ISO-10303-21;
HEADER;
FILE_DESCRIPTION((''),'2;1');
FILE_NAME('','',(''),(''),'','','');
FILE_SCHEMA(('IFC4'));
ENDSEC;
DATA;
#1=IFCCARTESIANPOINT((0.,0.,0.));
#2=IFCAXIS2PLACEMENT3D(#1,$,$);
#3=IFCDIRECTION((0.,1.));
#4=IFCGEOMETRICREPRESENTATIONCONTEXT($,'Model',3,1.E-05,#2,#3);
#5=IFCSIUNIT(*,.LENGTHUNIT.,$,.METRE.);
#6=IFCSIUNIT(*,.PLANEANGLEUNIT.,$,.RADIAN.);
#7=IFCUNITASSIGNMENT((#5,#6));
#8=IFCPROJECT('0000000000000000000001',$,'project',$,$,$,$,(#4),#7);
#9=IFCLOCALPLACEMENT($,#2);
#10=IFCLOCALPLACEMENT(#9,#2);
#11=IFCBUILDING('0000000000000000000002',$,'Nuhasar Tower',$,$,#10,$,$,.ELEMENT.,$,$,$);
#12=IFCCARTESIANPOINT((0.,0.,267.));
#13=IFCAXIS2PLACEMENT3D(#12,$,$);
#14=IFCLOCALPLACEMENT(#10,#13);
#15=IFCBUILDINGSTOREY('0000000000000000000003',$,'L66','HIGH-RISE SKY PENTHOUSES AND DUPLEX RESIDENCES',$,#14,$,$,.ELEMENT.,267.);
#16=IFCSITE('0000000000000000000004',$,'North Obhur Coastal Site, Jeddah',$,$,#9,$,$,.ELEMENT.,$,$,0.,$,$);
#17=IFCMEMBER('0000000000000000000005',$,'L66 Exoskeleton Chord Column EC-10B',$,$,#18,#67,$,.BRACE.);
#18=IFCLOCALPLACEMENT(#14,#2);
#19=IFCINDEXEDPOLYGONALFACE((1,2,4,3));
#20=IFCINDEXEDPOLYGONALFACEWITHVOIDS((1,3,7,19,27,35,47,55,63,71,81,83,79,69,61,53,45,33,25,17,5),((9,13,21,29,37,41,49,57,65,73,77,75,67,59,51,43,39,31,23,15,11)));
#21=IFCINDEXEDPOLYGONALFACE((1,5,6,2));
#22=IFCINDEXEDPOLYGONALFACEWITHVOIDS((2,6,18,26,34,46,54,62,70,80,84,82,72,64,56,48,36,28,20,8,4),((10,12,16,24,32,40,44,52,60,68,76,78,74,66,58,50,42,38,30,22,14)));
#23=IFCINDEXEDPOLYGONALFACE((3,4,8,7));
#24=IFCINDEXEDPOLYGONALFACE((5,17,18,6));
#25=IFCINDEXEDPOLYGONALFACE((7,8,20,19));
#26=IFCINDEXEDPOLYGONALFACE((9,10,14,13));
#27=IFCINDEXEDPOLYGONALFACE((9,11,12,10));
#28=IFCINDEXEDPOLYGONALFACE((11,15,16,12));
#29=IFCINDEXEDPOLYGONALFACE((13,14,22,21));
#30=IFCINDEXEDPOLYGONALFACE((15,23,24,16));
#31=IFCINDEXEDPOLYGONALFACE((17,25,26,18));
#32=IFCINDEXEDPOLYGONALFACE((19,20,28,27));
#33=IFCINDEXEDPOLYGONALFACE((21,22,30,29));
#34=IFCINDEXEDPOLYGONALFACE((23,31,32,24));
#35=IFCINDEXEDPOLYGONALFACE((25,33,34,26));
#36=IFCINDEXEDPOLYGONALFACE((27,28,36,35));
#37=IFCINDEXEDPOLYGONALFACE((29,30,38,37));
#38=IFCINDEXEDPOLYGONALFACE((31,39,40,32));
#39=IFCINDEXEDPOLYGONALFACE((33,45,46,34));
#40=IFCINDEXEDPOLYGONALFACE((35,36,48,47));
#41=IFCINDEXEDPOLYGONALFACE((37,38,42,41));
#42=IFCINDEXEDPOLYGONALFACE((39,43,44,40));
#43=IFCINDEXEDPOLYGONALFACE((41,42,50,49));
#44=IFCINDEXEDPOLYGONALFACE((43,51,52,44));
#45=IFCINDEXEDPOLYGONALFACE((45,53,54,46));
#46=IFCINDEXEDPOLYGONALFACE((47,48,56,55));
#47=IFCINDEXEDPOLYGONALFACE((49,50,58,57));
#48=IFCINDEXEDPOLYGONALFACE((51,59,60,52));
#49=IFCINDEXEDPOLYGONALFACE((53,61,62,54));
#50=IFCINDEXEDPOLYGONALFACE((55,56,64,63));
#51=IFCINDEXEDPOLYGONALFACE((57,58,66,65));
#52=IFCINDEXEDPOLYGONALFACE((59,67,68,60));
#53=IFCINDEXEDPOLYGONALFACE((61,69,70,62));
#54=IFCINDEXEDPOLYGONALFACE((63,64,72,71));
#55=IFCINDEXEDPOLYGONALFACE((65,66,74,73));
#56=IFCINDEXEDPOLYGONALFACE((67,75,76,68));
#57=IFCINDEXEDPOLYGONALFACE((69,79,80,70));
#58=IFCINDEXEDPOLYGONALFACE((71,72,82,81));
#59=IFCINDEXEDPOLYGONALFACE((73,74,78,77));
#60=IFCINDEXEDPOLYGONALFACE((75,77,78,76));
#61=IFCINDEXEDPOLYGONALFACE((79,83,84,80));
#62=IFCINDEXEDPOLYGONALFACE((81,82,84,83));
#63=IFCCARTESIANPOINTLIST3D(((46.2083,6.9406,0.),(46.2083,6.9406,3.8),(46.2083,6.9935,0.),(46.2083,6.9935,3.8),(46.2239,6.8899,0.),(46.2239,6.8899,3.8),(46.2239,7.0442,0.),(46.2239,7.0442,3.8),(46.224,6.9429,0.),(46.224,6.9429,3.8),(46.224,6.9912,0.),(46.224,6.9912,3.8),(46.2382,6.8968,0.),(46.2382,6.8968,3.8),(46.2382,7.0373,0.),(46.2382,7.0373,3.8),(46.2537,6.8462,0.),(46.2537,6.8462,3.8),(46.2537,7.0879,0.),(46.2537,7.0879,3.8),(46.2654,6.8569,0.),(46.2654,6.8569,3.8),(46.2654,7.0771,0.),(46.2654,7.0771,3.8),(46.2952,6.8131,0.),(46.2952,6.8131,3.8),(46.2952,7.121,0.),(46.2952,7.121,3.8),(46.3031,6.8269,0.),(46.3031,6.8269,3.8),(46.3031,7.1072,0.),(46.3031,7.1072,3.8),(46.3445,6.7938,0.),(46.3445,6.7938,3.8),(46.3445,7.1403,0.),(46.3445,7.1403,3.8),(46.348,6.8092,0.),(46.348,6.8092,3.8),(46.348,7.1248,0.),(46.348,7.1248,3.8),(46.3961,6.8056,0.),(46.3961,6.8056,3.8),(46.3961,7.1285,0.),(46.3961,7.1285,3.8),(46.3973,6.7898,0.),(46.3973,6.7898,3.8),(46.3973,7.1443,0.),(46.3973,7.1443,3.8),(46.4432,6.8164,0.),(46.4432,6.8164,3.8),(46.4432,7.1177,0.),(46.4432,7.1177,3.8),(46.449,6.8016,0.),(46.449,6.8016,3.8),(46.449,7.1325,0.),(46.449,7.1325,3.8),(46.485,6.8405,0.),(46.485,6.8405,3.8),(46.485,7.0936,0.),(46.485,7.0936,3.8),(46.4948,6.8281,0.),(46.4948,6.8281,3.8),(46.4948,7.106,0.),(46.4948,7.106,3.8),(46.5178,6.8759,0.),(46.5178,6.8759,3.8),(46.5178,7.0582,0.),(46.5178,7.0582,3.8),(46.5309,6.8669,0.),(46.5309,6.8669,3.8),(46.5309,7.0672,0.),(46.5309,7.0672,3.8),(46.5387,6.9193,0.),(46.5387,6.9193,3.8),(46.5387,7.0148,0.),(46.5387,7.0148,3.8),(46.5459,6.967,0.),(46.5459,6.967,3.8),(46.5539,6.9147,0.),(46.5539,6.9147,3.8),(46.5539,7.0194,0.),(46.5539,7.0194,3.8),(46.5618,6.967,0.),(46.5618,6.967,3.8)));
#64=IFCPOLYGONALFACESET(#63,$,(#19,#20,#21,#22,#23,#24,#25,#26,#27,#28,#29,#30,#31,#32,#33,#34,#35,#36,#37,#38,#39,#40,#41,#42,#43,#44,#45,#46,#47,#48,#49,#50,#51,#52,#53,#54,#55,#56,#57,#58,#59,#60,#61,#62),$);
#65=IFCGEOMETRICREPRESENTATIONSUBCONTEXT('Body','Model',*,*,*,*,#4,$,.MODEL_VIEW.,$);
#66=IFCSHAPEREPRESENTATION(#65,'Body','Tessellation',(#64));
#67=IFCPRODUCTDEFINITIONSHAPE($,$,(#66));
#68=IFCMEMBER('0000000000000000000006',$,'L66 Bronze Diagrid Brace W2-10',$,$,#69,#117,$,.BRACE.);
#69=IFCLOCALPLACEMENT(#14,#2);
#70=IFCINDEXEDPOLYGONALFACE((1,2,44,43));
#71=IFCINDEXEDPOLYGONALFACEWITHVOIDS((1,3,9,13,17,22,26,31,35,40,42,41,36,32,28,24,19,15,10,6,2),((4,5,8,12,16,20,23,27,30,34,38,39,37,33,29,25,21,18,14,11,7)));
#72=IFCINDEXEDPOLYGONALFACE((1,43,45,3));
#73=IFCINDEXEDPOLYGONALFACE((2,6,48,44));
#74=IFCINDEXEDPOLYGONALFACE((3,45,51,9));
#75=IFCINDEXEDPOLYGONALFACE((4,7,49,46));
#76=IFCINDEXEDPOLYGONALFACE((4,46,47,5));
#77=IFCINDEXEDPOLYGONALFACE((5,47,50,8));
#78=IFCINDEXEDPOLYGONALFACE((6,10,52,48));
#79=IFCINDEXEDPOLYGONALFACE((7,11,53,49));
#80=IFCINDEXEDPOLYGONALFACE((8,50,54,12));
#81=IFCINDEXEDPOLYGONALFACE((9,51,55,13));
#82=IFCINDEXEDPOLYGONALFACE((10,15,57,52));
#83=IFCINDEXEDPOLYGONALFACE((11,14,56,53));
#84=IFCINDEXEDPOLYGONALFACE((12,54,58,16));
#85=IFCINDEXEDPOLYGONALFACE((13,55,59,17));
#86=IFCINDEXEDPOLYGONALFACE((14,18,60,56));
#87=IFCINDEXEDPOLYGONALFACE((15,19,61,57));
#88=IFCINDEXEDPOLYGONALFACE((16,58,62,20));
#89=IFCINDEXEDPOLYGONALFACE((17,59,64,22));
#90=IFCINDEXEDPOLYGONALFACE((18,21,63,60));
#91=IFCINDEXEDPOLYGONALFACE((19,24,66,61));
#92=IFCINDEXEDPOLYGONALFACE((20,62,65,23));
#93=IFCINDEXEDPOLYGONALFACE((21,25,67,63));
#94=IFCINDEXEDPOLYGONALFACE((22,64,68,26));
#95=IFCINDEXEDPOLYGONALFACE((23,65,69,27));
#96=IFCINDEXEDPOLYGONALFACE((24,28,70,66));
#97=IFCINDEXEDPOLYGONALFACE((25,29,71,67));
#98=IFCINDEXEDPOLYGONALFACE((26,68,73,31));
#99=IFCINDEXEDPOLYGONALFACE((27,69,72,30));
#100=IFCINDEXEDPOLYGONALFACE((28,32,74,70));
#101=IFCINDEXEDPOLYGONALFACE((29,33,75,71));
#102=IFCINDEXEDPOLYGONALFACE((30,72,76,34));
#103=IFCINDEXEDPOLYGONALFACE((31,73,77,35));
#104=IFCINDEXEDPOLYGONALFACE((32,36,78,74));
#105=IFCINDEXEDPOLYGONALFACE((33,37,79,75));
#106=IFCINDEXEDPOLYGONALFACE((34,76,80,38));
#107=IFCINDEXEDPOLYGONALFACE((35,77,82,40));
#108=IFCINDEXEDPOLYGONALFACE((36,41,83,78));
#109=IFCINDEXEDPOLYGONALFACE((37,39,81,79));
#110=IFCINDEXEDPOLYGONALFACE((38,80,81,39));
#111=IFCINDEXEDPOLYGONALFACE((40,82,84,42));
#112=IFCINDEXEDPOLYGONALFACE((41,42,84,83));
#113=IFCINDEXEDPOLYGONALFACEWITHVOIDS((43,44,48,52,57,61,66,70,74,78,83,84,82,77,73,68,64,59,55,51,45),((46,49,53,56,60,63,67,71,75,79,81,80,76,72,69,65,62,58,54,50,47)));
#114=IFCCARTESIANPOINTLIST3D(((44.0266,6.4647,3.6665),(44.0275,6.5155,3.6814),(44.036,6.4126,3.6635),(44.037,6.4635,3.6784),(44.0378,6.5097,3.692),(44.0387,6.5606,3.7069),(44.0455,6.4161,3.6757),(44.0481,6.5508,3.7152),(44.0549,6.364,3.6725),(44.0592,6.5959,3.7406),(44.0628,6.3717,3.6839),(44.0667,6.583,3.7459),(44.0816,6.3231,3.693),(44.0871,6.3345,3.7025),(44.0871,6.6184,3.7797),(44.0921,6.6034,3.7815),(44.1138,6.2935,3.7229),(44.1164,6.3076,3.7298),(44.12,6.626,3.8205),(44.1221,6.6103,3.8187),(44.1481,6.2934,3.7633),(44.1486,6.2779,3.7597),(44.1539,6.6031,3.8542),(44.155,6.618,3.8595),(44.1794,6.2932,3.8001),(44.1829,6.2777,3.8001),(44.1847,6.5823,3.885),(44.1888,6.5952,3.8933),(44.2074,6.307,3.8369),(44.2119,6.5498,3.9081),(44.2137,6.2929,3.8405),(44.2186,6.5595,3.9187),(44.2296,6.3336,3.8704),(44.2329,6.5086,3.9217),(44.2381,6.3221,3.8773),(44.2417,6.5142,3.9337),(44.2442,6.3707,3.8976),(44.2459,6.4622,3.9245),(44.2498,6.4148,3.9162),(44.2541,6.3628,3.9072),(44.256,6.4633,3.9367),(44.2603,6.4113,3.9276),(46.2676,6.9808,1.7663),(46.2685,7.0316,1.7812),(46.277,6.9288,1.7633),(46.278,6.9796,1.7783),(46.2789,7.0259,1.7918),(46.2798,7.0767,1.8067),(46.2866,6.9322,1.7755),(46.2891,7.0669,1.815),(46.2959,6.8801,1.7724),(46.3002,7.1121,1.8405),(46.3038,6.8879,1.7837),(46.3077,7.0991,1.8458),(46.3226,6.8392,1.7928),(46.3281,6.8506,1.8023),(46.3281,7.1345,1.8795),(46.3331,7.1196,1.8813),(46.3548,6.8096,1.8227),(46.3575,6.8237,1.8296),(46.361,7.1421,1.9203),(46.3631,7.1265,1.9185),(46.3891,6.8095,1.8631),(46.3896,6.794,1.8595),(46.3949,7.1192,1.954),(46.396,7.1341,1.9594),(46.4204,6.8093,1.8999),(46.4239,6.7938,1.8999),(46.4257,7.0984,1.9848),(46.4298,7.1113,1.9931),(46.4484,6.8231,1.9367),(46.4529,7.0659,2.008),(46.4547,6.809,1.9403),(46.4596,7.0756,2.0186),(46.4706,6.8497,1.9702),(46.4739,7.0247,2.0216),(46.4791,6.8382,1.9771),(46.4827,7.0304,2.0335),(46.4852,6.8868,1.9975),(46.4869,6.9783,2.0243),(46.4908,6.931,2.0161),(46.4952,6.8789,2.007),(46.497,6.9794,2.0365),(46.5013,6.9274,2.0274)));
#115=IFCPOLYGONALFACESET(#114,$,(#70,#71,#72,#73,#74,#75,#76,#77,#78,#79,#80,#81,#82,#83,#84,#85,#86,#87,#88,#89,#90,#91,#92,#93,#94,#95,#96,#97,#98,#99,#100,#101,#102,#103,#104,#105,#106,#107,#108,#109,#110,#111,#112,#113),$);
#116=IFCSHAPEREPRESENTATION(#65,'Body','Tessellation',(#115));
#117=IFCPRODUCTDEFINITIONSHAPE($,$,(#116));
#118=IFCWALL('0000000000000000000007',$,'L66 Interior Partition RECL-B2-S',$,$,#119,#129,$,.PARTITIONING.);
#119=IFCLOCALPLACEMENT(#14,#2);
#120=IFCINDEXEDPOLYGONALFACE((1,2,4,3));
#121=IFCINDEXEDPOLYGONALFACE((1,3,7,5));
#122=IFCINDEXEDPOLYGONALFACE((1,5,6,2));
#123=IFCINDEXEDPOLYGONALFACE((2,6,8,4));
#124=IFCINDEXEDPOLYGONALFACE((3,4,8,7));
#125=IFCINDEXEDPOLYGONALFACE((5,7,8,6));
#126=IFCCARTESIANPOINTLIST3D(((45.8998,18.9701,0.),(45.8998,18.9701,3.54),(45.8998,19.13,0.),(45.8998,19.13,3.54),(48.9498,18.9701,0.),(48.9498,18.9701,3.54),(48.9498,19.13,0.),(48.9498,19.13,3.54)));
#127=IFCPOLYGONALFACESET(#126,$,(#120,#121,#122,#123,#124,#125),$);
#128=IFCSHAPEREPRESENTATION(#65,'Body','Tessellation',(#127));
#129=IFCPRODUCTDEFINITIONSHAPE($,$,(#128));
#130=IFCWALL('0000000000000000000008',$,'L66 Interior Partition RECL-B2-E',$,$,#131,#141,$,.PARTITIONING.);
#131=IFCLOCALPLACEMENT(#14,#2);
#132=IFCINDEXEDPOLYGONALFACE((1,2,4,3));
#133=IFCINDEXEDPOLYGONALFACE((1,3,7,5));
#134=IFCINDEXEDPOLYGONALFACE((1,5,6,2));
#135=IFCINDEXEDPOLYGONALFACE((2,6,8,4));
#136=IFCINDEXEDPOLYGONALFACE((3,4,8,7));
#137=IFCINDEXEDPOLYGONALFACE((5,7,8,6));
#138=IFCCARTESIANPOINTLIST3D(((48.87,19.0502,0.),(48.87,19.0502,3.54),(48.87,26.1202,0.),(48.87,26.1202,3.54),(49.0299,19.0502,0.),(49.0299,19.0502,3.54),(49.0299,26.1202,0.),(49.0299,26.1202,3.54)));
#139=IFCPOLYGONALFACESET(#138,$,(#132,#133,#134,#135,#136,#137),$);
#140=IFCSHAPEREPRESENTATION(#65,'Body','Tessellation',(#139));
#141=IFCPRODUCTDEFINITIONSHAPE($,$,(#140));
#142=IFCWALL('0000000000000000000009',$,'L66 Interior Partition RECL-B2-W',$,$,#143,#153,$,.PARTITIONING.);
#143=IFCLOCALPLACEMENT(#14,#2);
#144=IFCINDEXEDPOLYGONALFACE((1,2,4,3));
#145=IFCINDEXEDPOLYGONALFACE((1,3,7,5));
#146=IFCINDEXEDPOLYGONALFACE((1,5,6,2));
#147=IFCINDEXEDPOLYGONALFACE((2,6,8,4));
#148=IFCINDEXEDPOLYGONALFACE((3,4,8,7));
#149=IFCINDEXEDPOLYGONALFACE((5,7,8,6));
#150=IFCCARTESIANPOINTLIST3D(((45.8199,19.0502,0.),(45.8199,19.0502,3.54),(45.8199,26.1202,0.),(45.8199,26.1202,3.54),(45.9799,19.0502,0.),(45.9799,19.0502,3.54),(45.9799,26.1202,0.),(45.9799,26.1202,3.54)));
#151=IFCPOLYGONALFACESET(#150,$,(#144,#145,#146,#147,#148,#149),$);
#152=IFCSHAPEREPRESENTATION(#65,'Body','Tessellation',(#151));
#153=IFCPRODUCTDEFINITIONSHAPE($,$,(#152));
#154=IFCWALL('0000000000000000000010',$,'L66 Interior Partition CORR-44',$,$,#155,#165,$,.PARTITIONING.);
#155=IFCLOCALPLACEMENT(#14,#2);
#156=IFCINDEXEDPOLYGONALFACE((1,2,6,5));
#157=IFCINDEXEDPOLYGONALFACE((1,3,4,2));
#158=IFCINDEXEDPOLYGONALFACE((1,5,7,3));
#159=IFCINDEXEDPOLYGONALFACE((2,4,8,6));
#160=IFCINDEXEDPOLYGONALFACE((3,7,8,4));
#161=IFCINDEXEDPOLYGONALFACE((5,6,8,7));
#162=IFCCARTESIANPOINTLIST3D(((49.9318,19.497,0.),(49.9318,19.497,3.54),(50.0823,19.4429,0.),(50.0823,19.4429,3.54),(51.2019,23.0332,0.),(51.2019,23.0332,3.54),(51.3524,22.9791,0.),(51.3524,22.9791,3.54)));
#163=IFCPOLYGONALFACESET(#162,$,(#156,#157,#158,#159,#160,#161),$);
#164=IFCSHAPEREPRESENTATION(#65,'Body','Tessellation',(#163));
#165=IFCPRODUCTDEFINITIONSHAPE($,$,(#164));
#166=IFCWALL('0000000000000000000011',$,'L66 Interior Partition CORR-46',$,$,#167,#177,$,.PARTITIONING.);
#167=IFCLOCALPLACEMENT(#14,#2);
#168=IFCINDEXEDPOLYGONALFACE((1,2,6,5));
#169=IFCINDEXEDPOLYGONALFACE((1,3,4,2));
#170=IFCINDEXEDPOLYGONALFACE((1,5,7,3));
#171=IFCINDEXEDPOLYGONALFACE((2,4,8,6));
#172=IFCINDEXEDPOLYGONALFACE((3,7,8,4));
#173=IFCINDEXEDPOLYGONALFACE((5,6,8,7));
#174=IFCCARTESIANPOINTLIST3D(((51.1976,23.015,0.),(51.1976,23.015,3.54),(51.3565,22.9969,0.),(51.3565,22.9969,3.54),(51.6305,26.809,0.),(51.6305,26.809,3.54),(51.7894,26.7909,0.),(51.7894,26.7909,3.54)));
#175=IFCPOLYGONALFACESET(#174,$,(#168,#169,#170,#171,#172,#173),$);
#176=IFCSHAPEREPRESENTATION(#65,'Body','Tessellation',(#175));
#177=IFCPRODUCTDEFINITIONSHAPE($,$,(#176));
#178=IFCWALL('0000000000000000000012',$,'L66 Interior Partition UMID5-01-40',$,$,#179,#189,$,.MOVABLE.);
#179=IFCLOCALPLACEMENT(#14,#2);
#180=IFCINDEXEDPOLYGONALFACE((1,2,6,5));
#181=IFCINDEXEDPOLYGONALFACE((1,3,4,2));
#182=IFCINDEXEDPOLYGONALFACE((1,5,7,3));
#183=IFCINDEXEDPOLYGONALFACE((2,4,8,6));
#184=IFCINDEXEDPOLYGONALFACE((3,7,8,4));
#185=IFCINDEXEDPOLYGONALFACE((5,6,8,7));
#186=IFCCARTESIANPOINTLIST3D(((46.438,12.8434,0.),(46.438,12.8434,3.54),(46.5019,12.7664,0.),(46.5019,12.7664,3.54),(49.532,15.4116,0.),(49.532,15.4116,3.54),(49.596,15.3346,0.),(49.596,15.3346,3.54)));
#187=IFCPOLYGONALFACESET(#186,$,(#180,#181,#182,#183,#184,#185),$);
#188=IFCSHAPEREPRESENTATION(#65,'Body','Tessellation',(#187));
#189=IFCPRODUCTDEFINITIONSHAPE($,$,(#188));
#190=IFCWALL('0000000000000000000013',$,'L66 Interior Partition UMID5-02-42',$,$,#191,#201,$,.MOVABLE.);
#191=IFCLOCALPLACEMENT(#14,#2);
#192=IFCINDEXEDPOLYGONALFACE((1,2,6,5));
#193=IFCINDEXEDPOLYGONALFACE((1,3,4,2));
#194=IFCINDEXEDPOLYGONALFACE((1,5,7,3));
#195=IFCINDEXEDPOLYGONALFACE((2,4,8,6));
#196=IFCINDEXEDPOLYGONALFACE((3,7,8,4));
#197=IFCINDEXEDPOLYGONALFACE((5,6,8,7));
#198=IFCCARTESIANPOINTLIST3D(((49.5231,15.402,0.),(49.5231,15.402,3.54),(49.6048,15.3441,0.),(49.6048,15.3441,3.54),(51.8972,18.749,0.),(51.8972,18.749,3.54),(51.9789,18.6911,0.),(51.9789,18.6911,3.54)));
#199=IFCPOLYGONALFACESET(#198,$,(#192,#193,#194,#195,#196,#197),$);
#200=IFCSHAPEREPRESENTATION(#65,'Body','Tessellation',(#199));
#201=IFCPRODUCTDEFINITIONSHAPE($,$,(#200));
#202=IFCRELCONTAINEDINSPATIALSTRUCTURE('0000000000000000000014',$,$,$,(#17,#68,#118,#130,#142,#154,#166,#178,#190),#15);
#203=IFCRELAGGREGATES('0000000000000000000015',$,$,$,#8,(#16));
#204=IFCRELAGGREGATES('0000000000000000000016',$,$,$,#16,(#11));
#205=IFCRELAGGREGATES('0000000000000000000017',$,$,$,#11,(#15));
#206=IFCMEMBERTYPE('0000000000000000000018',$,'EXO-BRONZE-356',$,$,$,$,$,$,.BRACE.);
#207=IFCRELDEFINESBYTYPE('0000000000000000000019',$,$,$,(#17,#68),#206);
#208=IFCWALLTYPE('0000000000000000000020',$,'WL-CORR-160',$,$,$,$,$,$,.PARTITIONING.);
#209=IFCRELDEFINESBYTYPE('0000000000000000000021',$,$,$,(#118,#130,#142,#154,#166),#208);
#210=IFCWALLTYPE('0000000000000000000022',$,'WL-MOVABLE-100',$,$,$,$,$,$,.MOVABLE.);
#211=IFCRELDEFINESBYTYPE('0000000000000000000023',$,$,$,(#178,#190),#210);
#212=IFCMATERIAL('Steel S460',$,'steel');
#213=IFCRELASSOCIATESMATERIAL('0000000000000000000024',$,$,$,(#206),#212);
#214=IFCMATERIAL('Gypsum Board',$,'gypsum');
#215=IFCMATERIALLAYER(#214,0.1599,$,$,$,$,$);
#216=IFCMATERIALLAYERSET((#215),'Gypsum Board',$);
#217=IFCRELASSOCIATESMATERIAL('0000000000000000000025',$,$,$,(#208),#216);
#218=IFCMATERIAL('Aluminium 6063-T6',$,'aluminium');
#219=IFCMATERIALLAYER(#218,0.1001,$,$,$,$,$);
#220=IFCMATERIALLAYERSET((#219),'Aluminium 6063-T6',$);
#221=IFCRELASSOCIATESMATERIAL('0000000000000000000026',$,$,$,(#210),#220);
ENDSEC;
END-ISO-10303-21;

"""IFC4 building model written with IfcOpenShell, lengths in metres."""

from ifc_helpers import new_model, si_unit, direction, frame, frame_2d, origin, origin_2d, place, context, subcontext, project, spatial, rectangle, hollow_circle, extrude, material, layer, layer_set, material_profile, profile_set, type_object, element, save


model = new_model("IFC4")

# Units and contexts
model_context = context("Model", 3, precision=1e-05, world=origin(), true_north=direction((0.0, 1.0)))
body_context = subcontext(model_context, "Body", "Model", "MODEL_VIEW")
ifc_project = project(units=[si_unit("LENGTHUNIT", "METRE"), si_unit("PLANEANGLEUNIT", "RADIAN")], contexts=[model_context])

# Site, building, storey
site_placement = place(None, origin())
site = spatial("IfcSite", under=ifc_project, at=site_placement, Name="North Obhur Coastal Site, Jeddah", CompositionType="ELEMENT", RefElevation=0.0)
building_placement = place(site_placement, origin())
building = spatial("IfcBuilding", under=site, at=building_placement, Name="Nuhasar Tower", CompositionType="ELEMENT")
storey_placement = place(building_placement, frame((0.0, 0.0, 267.0)))
storey = spatial("IfcBuildingStorey", under=building, at=storey_placement, Name="L66", Description="HIGH-RISE SKY PENTHOUSES AND DUPLEX RESIDENCES", CompositionType="ELEMENT", Elevation=267.0)

# Shared definitions
ifc_material_1 = material(Name="Aluminium 6063-T6", Category="aluminium")

# Members
ifc_material_2 = material(Name="Steel S460", Category="steel")
ifc_material_profile_1 = material_profile(ifc_material_2, hollow_circle(Radius=0.1777, WallThickness=0.0159, at=origin_2d()), Name="HSS355.6X15.9")
ifc_profile_set_1 = profile_set([ifc_material_profile_1], Name="Steel S460")
member_type_1 = type_object("IfcMemberType", Name="EXO-BRONZE-356", PredefinedType="BRACE", material=ifc_profile_set_1)
member_1_placement = place(storey_placement, frame((46.384, 6.967, 0.0), z_axis=(0.0, 0.0, 1.0), x_axis=(1.0, 0.0, 0.0)))
element("IfcMember", 1, at=member_1_placement, inside=storey, type_object=member_type_1, Name="L66 Exoskeleton Chord Column EC-10B", PredefinedType="BRACE", context=body_context, shape_type="SweptSolid", body=[
    extrude(hollow_circle(Radius=0.1777, WallThickness=0.0159, at=origin_2d()), origin(), (0.0, 0.0, 1.0), 3.8),
])
member_2_placement = place(storey_placement, frame((46.384, 6.967, 1.8999), z_axis=(-0.751222, -0.173013, 0.636971), x_axis=(0.224433, -0.97449, 0.0)))
element("IfcMember", 2, at=member_2_placement, inside=storey, type_object=member_type_1, Name="L66 Bronze Diagrid Brace W2-10", PredefinedType="BRACE", context=body_context, shape_type="SweptSolid", body=[
    extrude(hollow_circle(Radius=0.1777, WallThickness=0.0159, at=origin_2d()), origin(), (0.0, 0.0, 1.0), 2.9832),
])

# Walls
ifc_material_3 = material(Name="Gypsum Board", Category="gypsum")
ifc_layer_1 = layer(ifc_material_3, 0.1599)
ifc_layer_set_1 = layer_set([ifc_layer_1], Name="Gypsum Board")
wall_type_1 = type_object("IfcWallType", Name="WL-CORR-160", PredefinedType="PARTITIONING", material=ifc_layer_set_1)
wall_1_placement = place(storey_placement, frame((45.8999, 19.05, 0.0), z_axis=(0.0, 0.0, 1.0), x_axis=(1.0, 0.0, 0.0)))
element("IfcWall", 3, at=wall_1_placement, inside=storey, type_object=wall_type_1, Name="L66 Interior Partition RECL-B2-S", PredefinedType="PARTITIONING", context=body_context, shape_type="SweptSolid", body=[
    extrude(rectangle(XDim=3.05, YDim=0.1599, at=frame_2d((1.5249, 0.0))), origin(), (0.0, 0.0, 1.0), 3.54),
])
for number, where, z_axis, x_axis, name in (
    (4, (48.95, 19.05, 0.0), (0.0, 0.0, 1.0), (0.0, 1.0, 0.0), "L66 Interior Partition RECL-B2-E"),
    (5, (45.8999, 19.05, 0.0), (0.0, 0.0, 1.0), (0.0, 1.0, 0.0), "L66 Interior Partition RECL-B2-W"),
):
    element("IfcWall", number, at=place(storey_placement, frame(where, z_axis=z_axis, x_axis=x_axis)), inside=storey, type_object=wall_type_1, Name=name, PredefinedType="PARTITIONING", context=body_context, shape_type="SweptSolid", body=[
        extrude(rectangle(XDim=7.0701, YDim=0.1599, at=frame_2d((3.5352, 0.0))), origin(), (0.0, 0.0, 1.0), 3.54),
    ])

# Walls
wall_2_placement = place(storey_placement, frame((50.0071, 19.47, 0.0), z_axis=(0.0, 0.0, 1.0), x_axis=(0.338015, 0.941141, 0.0)))
element("IfcWall", 6, at=wall_2_placement, inside=storey, type_object=wall_type_1, Name="L66 Interior Partition CORR-44", PredefinedType="PARTITIONING", context=body_context, shape_type="SweptSolid", body=[
    extrude(rectangle(XDim=3.7573, YDim=0.1599, at=frame_2d((1.8787, 0.0))), origin(), (0.0, 0.0, 1.0), 3.54),
])
wall_3_placement = place(storey_placement, frame((51.2771, 23.0061, 0.0), z_axis=(0.0, 0.0, 1.0), x_axis=(0.113357, 0.993554, 0.0)))
element("IfcWall", 7, at=wall_3_placement, inside=storey, type_object=wall_type_1, Name="L66 Interior Partition CORR-46", PredefinedType="PARTITIONING", context=body_context, shape_type="SweptSolid", body=[
    extrude(rectangle(XDim=3.8186, YDim=0.1599, at=frame_2d((1.9092, 0.0))), origin(), (0.0, 0.0, 1.0), 3.54),
])
ifc_layer_2 = layer(ifc_material_1, 0.1001)
ifc_layer_set_2 = layer_set([ifc_layer_2], Name="Aluminium 6063-T6")
wall_type_2 = type_object("IfcWallType", Name="WL-MOVABLE-100", PredefinedType="MOVABLE", material=ifc_layer_set_2)
wall_4_placement = place(storey_placement, frame((46.47, 12.8049, 0.0), z_axis=(0.0, 0.0, 1.0), x_axis=(0.769469, 0.638684, 0.0)))
element("IfcWall", 8, at=wall_4_placement, inside=storey, type_object=wall_type_2, Name="L66 Interior Partition UMID5-01-40", PredefinedType="MOVABLE", context=body_context, shape_type="SweptSolid", body=[
    extrude(rectangle(XDim=4.021, YDim=0.1001, at=frame_2d((2.0105, 0.0))), origin(), (0.0, 0.0, 1.0), 3.54),
])
wall_5_placement = place(storey_placement, frame((49.564, 15.373, 0.0), z_axis=(0.0, 0.0, 1.0), x_axis=(0.57855, 0.815647, 0.0)))
element("IfcWall", 9, at=wall_5_placement, inside=storey, type_object=wall_type_2, Name="L66 Interior Partition UMID5-02-42", PredefinedType="MOVABLE", context=body_context, shape_type="SweptSolid", body=[
    extrude(rectangle(XDim=4.1035, YDim=0.1001, at=frame_2d((2.0518, 0.0))), origin(), (0.0, 0.0, 1.0), 3.54),
])

save(model, "model.ifc")
